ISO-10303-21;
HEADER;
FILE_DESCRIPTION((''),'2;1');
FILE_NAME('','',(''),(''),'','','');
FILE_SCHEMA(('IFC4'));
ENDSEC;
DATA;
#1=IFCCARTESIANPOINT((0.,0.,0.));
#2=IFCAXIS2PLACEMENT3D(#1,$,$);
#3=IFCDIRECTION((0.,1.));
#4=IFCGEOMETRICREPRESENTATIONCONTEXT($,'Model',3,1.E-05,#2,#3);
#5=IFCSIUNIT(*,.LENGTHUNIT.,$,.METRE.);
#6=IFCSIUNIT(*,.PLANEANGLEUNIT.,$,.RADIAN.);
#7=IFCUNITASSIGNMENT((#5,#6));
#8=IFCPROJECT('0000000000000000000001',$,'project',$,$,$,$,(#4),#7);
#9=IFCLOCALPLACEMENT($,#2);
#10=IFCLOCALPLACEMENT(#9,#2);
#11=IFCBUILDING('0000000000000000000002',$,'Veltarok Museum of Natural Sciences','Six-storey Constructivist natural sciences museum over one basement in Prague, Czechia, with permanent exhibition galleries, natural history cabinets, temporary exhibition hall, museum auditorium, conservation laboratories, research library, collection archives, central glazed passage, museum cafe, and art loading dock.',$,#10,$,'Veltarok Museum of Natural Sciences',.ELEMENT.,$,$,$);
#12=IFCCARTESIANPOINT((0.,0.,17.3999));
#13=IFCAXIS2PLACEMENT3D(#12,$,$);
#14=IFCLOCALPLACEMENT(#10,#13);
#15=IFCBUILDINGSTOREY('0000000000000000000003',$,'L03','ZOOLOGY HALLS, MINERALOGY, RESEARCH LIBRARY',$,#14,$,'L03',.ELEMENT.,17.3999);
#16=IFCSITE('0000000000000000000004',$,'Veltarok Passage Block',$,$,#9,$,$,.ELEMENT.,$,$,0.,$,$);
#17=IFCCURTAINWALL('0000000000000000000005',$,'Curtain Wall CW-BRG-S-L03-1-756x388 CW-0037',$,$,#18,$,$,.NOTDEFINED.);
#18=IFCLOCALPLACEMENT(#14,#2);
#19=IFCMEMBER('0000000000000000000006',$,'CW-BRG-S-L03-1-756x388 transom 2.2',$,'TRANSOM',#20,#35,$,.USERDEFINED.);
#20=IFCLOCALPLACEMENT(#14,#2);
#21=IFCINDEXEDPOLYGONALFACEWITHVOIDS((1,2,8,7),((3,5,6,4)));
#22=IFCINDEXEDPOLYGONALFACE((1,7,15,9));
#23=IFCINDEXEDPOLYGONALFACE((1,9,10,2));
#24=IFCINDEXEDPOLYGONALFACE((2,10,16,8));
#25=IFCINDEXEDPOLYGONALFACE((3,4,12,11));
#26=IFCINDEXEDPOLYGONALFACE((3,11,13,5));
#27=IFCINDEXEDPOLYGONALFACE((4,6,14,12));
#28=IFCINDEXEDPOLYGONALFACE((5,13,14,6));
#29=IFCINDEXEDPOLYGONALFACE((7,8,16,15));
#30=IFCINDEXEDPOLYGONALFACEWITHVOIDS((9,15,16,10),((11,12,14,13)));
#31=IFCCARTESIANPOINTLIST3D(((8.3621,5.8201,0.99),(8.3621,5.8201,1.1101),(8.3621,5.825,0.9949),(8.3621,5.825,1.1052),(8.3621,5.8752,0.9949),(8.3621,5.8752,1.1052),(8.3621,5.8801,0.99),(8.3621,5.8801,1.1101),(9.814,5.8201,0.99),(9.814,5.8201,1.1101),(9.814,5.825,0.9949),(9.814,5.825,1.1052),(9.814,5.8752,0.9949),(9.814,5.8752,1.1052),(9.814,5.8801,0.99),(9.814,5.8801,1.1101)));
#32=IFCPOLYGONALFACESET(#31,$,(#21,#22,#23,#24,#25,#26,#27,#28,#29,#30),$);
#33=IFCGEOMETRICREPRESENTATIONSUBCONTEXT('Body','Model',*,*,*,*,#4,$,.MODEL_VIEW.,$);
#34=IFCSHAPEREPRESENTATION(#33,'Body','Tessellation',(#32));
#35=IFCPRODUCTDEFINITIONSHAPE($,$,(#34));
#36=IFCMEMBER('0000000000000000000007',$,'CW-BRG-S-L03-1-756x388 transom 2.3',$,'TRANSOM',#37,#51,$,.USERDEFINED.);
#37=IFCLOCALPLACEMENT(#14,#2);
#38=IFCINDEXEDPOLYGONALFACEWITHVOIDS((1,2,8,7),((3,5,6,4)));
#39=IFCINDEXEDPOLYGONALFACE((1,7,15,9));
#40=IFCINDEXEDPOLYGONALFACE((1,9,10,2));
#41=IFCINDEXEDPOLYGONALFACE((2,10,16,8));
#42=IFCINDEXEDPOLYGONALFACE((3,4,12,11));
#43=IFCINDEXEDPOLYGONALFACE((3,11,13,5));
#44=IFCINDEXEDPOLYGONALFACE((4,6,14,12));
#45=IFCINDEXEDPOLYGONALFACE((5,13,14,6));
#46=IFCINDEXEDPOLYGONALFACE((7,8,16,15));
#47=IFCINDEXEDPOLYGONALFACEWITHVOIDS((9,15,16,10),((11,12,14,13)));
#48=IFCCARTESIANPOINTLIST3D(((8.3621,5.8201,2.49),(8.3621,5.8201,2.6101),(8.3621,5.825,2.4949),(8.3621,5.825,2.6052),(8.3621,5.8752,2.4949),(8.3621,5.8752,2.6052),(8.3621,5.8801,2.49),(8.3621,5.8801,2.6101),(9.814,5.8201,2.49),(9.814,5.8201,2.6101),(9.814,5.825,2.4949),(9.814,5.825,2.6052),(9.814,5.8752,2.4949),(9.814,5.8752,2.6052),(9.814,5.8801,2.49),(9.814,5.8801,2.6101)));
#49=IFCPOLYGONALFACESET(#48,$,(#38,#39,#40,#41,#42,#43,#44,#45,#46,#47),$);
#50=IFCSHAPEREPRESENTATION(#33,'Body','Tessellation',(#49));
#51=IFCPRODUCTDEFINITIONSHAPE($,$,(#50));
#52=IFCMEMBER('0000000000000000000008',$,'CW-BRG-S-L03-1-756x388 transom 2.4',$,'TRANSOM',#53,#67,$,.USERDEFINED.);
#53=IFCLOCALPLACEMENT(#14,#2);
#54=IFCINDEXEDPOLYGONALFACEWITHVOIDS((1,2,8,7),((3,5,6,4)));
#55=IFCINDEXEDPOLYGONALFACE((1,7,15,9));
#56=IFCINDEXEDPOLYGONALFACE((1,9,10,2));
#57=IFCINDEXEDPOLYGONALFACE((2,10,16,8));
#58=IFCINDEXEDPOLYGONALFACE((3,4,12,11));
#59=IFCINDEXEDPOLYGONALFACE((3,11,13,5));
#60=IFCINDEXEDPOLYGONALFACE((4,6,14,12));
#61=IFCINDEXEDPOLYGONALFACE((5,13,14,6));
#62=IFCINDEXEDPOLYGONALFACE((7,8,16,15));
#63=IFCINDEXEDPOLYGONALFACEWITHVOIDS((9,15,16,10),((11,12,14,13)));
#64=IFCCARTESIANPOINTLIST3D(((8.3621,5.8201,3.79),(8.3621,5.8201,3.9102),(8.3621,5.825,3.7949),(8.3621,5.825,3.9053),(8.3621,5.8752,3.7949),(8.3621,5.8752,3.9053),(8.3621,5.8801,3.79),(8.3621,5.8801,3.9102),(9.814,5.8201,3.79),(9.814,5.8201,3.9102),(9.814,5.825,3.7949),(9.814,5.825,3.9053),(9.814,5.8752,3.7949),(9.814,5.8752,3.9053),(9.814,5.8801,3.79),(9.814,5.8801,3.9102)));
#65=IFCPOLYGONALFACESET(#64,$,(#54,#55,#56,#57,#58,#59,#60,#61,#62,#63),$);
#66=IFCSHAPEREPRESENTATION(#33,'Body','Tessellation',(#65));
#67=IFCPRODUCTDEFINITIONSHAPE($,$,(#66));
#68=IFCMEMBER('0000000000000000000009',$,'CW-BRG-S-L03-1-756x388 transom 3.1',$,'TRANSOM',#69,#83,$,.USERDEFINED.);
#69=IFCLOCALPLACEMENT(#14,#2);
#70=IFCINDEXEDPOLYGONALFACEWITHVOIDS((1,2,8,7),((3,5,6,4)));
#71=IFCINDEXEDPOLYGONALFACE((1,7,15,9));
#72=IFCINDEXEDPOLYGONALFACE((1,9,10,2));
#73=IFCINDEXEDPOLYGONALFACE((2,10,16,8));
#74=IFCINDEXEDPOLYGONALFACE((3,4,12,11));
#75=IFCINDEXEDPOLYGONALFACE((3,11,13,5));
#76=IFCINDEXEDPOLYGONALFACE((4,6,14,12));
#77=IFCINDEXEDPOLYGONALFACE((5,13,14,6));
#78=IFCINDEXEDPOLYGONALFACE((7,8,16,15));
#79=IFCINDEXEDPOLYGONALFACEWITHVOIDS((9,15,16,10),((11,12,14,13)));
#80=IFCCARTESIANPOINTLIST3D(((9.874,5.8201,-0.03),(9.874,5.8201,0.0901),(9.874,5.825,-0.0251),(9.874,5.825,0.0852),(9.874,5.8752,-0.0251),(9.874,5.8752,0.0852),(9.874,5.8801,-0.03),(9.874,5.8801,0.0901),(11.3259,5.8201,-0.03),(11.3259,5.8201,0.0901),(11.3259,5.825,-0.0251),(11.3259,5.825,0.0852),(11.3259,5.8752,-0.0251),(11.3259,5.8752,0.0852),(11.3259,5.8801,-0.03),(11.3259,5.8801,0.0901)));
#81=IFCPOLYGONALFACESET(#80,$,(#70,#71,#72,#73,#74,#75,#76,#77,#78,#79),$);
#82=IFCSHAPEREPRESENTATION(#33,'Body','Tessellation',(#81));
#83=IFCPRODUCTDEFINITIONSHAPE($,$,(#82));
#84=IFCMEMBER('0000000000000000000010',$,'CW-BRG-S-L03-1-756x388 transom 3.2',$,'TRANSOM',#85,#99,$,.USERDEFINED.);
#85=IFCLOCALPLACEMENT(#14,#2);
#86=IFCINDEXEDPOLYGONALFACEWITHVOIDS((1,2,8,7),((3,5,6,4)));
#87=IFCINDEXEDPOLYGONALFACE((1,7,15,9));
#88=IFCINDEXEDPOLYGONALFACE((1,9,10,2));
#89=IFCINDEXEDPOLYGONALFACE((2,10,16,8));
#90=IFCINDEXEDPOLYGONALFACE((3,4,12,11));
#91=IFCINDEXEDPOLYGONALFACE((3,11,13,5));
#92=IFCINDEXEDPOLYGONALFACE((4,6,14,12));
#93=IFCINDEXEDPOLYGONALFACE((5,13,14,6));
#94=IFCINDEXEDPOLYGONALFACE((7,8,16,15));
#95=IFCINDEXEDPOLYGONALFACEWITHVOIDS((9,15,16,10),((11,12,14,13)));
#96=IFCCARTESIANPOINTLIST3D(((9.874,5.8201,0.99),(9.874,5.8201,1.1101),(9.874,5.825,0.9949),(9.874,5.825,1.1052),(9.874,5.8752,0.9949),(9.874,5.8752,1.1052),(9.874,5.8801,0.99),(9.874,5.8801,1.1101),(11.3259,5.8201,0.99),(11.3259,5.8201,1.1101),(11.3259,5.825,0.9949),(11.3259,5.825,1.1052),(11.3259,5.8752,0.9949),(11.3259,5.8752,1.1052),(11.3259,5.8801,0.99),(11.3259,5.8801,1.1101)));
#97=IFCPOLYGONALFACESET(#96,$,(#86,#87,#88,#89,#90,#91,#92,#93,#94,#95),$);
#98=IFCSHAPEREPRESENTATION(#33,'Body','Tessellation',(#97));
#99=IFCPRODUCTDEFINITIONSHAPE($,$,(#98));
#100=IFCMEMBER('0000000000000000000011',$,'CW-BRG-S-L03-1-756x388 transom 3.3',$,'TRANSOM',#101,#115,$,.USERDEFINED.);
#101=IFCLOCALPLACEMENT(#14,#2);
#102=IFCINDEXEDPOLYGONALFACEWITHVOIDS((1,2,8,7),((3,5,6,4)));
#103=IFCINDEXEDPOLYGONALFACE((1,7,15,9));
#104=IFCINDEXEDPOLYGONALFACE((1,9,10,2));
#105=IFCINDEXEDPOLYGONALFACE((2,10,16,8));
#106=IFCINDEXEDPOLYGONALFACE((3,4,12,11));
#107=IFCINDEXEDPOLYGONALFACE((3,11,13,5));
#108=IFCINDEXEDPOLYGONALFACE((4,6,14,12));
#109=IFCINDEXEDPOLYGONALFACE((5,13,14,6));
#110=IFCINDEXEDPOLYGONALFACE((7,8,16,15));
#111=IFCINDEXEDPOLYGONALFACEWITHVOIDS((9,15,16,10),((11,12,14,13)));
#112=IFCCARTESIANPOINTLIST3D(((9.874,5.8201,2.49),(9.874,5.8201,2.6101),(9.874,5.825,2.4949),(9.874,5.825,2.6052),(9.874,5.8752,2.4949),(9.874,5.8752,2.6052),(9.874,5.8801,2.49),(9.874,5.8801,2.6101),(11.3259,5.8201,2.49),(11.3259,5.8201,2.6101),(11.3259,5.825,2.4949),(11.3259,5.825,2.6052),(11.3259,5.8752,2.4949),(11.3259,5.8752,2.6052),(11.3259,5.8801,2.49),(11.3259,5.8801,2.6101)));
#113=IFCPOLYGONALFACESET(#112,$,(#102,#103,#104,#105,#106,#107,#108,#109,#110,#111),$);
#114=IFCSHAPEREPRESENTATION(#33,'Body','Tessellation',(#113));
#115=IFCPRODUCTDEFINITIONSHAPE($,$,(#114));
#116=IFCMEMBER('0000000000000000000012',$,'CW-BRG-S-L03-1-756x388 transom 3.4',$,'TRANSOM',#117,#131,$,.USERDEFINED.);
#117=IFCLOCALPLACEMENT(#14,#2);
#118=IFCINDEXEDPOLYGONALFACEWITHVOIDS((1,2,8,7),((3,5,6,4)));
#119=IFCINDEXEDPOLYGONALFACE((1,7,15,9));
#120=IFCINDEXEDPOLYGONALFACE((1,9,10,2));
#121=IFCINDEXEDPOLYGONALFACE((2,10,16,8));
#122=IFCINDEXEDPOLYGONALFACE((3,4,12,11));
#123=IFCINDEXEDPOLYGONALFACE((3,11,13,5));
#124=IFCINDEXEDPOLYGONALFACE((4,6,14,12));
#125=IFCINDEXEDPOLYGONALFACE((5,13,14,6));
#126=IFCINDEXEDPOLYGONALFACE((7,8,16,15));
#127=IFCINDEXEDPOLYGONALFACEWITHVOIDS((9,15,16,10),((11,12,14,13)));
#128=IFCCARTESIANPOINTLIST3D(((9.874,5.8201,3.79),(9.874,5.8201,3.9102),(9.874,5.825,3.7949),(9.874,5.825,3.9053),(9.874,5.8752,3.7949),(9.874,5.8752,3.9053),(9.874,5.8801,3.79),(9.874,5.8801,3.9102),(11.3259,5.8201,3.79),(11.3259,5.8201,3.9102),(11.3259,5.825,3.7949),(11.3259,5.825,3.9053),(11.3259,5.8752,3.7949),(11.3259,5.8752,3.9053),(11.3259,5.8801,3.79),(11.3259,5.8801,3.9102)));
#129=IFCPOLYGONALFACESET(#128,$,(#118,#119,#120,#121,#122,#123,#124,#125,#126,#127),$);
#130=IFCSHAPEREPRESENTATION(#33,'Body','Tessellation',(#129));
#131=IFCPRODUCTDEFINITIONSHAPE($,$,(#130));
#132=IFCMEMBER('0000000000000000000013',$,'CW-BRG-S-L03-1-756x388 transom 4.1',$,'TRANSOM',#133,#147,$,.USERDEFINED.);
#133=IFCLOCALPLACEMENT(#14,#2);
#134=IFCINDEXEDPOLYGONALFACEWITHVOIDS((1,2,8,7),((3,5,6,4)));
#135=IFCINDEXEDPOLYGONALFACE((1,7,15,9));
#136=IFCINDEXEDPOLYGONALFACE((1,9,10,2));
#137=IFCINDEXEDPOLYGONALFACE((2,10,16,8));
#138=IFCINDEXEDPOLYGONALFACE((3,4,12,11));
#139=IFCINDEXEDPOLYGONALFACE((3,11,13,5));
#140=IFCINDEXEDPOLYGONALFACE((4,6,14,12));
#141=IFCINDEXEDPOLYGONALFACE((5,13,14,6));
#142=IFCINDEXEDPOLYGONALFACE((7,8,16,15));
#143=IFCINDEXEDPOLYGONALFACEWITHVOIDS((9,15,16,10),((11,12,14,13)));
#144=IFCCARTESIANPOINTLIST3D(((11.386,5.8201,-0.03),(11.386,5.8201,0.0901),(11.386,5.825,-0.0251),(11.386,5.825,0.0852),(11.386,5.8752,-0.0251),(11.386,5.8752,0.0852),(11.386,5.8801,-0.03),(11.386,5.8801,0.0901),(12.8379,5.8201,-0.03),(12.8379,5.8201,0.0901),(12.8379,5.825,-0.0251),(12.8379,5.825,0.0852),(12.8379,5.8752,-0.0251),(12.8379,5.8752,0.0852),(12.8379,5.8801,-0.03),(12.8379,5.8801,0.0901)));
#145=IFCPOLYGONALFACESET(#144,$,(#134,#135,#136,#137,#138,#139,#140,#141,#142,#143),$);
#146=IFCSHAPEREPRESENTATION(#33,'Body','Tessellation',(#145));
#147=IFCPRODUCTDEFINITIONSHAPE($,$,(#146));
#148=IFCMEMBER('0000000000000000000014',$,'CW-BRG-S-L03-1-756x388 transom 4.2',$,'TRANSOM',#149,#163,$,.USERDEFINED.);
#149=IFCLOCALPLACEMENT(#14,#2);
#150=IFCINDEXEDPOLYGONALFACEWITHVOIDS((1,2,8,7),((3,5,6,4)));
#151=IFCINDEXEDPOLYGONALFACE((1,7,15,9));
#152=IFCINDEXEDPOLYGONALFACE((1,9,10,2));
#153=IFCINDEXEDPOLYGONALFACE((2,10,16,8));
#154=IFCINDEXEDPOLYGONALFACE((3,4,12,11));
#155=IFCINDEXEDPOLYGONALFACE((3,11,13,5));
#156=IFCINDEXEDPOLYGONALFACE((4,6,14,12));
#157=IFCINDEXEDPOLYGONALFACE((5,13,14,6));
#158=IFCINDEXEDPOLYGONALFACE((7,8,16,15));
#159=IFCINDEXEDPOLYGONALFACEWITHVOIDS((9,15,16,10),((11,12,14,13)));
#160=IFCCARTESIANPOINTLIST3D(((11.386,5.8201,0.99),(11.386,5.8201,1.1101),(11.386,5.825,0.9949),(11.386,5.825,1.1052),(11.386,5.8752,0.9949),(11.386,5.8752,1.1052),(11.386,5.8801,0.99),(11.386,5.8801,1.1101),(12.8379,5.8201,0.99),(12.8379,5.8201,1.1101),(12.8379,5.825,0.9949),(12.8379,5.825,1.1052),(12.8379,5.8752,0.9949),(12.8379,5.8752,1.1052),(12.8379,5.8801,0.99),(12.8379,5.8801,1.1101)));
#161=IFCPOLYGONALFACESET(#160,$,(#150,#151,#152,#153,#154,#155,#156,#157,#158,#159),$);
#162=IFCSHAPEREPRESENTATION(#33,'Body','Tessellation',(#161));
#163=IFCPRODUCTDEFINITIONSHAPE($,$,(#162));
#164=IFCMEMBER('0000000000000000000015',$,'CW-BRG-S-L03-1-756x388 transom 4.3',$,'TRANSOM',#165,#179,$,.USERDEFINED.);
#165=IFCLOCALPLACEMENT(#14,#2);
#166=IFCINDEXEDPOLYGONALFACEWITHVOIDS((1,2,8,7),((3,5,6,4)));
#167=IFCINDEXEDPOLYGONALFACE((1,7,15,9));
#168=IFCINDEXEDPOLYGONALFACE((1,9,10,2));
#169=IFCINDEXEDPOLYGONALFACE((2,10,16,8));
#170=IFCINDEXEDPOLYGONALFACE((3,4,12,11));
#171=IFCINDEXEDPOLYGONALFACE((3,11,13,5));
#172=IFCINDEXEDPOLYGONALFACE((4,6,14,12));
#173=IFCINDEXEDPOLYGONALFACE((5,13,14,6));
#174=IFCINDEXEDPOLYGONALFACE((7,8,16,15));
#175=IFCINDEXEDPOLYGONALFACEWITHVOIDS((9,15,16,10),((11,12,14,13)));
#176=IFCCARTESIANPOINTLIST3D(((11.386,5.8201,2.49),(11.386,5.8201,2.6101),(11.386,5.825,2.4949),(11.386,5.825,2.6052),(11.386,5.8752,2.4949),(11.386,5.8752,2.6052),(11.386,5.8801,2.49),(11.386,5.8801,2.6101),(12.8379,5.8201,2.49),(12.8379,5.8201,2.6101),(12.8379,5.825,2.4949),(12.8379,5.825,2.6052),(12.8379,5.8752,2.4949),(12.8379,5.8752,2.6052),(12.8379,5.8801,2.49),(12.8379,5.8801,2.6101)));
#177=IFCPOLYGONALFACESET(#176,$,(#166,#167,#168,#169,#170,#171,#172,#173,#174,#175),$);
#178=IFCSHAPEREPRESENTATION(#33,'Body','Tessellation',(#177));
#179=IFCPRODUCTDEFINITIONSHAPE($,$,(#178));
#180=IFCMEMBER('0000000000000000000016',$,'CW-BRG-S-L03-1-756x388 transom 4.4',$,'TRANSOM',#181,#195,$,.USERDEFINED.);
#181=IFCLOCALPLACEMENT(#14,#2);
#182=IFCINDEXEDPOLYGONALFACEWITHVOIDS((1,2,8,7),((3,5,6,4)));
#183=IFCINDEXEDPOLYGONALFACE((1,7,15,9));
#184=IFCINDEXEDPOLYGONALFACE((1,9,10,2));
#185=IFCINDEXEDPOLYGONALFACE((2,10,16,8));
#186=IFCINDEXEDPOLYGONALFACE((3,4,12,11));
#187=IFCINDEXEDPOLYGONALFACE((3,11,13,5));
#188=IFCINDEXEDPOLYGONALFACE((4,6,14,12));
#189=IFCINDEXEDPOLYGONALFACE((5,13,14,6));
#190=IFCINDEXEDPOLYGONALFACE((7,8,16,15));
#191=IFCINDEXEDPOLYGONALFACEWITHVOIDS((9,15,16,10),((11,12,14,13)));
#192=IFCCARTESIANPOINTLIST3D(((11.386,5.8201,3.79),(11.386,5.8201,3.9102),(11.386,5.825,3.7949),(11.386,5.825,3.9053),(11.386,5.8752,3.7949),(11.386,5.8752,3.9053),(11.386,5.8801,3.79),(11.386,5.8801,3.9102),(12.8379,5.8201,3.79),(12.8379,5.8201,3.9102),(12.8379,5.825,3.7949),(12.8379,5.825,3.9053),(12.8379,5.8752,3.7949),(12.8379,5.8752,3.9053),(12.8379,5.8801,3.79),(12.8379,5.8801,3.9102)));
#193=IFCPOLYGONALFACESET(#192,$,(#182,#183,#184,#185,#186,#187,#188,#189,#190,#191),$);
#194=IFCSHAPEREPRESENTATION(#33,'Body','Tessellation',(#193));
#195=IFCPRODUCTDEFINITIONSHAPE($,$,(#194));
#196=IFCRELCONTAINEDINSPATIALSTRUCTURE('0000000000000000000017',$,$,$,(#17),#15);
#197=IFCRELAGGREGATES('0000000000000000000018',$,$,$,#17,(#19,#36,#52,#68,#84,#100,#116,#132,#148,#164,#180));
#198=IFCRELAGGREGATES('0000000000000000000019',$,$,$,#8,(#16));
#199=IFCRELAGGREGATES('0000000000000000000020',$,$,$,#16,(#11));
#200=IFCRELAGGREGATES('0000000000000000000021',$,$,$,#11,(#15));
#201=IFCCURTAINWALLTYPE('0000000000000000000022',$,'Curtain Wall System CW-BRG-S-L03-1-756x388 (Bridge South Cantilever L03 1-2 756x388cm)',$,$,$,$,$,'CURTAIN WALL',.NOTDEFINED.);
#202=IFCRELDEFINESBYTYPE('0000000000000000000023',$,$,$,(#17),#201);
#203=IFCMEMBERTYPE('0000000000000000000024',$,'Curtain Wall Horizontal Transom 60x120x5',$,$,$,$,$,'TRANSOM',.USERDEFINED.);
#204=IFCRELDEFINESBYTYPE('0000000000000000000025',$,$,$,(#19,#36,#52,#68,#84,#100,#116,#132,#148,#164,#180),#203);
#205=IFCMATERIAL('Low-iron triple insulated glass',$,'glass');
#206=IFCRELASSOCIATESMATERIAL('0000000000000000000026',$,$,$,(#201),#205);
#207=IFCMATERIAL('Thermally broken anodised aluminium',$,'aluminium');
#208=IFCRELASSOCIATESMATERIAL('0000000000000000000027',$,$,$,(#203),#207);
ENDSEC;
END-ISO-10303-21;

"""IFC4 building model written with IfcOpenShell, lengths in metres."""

from ifc_helpers import new_model, si_unit, direction, frame, origin, origin_2d, place, context, subcontext, project, spatial, hollow_rectangle, extrude, material, material_profile, profile_set, type_object, element, aggregate, save


model = new_model("IFC4")

# Units and contexts
model_context = context("Model", 3, precision=1e-05, world=origin(), true_north=direction((0.0, 1.0)))
body_context = subcontext(model_context, "Body", "Model", "MODEL_VIEW")
ifc_project = project(units=[si_unit("LENGTHUNIT", "METRE"), si_unit("PLANEANGLEUNIT", "RADIAN")], contexts=[model_context])

# Site, building, storey
site_placement = place(None, origin())
site = spatial("IfcSite", under=ifc_project, at=site_placement, Name="Veltarok Passage Block", CompositionType="ELEMENT", RefElevation=0.0)
building_placement = place(site_placement, origin())
building = spatial("IfcBuilding", under=site, at=building_placement, Name="Veltarok Museum of Natural Sciences", Description="Six-storey Constructivist natural sciences museum over one basement in Prague, Czechia, with permanent exhibition galleries, natural history cabinets, temporary exhibition hall, museum auditorium, conservation laboratories, research library, collection archives, central glazed passage, museum cafe, and art loading dock.", LongName="Veltarok Museum of Natural Sciences", CompositionType="ELEMENT")
storey_placement = place(building_placement, frame((0.0, 0.0, 17.3999)))
storey = spatial("IfcBuildingStorey", under=building, at=storey_placement, Name="L03", Description="ZOOLOGY HALLS, MINERALOGY, RESEARCH LIBRARY", LongName="L03", CompositionType="ELEMENT", Elevation=17.3999)

# Curtain wall, members
ifc_material_1 = material(Name="Low-iron triple insulated glass", Category="glass")
curtain_wall_type = type_object("IfcCurtainWallType", Name="Curtain Wall System CW-BRG-S-L03-1-756x388 (Bridge South Cantilever L03 1-2 756x388cm)", ElementType="CURTAIN WALL", PredefinedType="NOTDEFINED", material=ifc_material_1)
curtain_wall_placement = place(storey_placement, origin())
curtain_wall = element("IfcCurtainWall", 1, at=curtain_wall_placement, inside=storey, type_object=curtain_wall_type, Name="Curtain Wall CW-BRG-S-L03-1-756x388 CW-0037", PredefinedType="NOTDEFINED")
ifc_material_2 = material(Name="Thermally broken anodised aluminium", Category="aluminium")
ifc_material_profile_1 = material_profile(ifc_material_2, hollow_rectangle(XDim=0.0601, YDim=0.1201, WallThickness=0.0049, at=origin_2d()), Name="CW TRANSOM 60x120x5")
ifc_profile_set_1 = profile_set([ifc_material_profile_1], Name="Thermally broken anodised aluminium")
member_type_1 = type_object("IfcMemberType", Name="Curtain Wall Horizontal Transom 60x120x5", ElementType="TRANSOM", PredefinedType="USERDEFINED", material=ifc_profile_set_1)
member_1_placement = place(storey_placement, frame((8.3621, 5.8501, 1.05), z_axis=(1.0, 0.0, 0.0), x_axis=(0.0, 1.0, 0.0)))
member_1 = element("IfcMember", 2, at=member_1_placement, type_object=member_type_1, Name="CW-BRG-S-L03-1-756x388 transom 2.2", ObjectType="TRANSOM", PredefinedType="USERDEFINED", context=body_context, shape_type="SweptSolid", body=[
    extrude(hollow_rectangle(XDim=0.0601, YDim=0.1201, WallThickness=0.0049, at=origin_2d()), origin(), (0.0, 0.0, 1.0), 1.4519),
])
member_2_placement = place(storey_placement, frame((8.3621, 5.8501, 2.55), z_axis=(1.0, 0.0, 0.0), x_axis=(0.0, 1.0, 0.0)))
member_2 = element("IfcMember", 3, at=member_2_placement, type_object=member_type_1, Name="CW-BRG-S-L03-1-756x388 transom 2.3", ObjectType="TRANSOM", PredefinedType="USERDEFINED", context=body_context, shape_type="SweptSolid", body=[
    extrude(hollow_rectangle(XDim=0.0601, YDim=0.1201, WallThickness=0.0049, at=origin_2d()), origin(), (0.0, 0.0, 1.0), 1.4519),
])
member_3_placement = place(storey_placement, frame((8.3621, 5.8501, 3.8501), z_axis=(1.0, 0.0, 0.0), x_axis=(0.0, 1.0, 0.0)))
member_3 = element("IfcMember", 4, at=member_3_placement, type_object=member_type_1, Name="CW-BRG-S-L03-1-756x388 transom 2.4", ObjectType="TRANSOM", PredefinedType="USERDEFINED", context=body_context, shape_type="SweptSolid", body=[
    extrude(hollow_rectangle(XDim=0.0601, YDim=0.1201, WallThickness=0.0049, at=origin_2d()), origin(), (0.0, 0.0, 1.0), 1.4519),
])
member_4_placement = place(storey_placement, frame((9.874, 5.8501, 0.03), z_axis=(1.0, 0.0, 0.0), x_axis=(0.0, 1.0, 0.0)))
member_4 = element("IfcMember", 5, at=member_4_placement, type_object=member_type_1, Name="CW-BRG-S-L03-1-756x388 transom 3.1", ObjectType="TRANSOM", PredefinedType="USERDEFINED", context=body_context, shape_type="SweptSolid", body=[
    extrude(hollow_rectangle(XDim=0.0601, YDim=0.1201, WallThickness=0.0049, at=origin_2d()), origin(), (0.0, 0.0, 1.0), 1.4519),
])
member_5_placement = place(storey_placement, frame((9.874, 5.8501, 1.05), z_axis=(1.0, 0.0, 0.0), x_axis=(0.0, 1.0, 0.0)))
member_5 = element("IfcMember", 6, at=member_5_placement, type_object=member_type_1, Name="CW-BRG-S-L03-1-756x388 transom 3.2", ObjectType="TRANSOM", PredefinedType="USERDEFINED", context=body_context, shape_type="SweptSolid", body=[
    extrude(hollow_rectangle(XDim=0.0601, YDim=0.1201, WallThickness=0.0049, at=origin_2d()), origin(), (0.0, 0.0, 1.0), 1.4519),
])
member_6_placement = place(storey_placement, frame((9.874, 5.8501, 2.55), z_axis=(1.0, 0.0, 0.0), x_axis=(0.0, 1.0, 0.0)))
member_6 = element("IfcMember", 7, at=member_6_placement, type_object=member_type_1, Name="CW-BRG-S-L03-1-756x388 transom 3.3", ObjectType="TRANSOM", PredefinedType="USERDEFINED", context=body_context, shape_type="SweptSolid", body=[
    extrude(hollow_rectangle(XDim=0.0601, YDim=0.1201, WallThickness=0.0049, at=origin_2d()), origin(), (0.0, 0.0, 1.0), 1.4519),
])
member_7_placement = place(storey_placement, frame((9.874, 5.8501, 3.8501), z_axis=(1.0, 0.0, 0.0), x_axis=(0.0, 1.0, 0.0)))
member_7 = element("IfcMember", 8, at=member_7_placement, type_object=member_type_1, Name="CW-BRG-S-L03-1-756x388 transom 3.4", ObjectType="TRANSOM", PredefinedType="USERDEFINED", context=body_context, shape_type="SweptSolid", body=[
    extrude(hollow_rectangle(XDim=0.0601, YDim=0.1201, WallThickness=0.0049, at=origin_2d()), origin(), (0.0, 0.0, 1.0), 1.4519),
])
member_8_placement = place(storey_placement, frame((11.386, 5.8501, 0.03), z_axis=(1.0, 0.0, 0.0), x_axis=(0.0, 1.0, 0.0)))
member_8 = element("IfcMember", 9, at=member_8_placement, type_object=member_type_1, Name="CW-BRG-S-L03-1-756x388 transom 4.1", ObjectType="TRANSOM", PredefinedType="USERDEFINED", context=body_context, shape_type="SweptSolid", body=[
    extrude(hollow_rectangle(XDim=0.0601, YDim=0.1201, WallThickness=0.0049, at=origin_2d()), origin(), (0.0, 0.0, 1.0), 1.4519),
])
member_9_placement = place(storey_placement, frame((11.386, 5.8501, 1.05), z_axis=(1.0, 0.0, 0.0), x_axis=(0.0, 1.0, 0.0)))
member_9 = element("IfcMember", 10, at=member_9_placement, type_object=member_type_1, Name="CW-BRG-S-L03-1-756x388 transom 4.2", ObjectType="TRANSOM", PredefinedType="USERDEFINED", context=body_context, shape_type="SweptSolid", body=[
    extrude(hollow_rectangle(XDim=0.0601, YDim=0.1201, WallThickness=0.0049, at=origin_2d()), origin(), (0.0, 0.0, 1.0), 1.4519),
])
member_10_placement = place(storey_placement, frame((11.386, 5.8501, 2.55), z_axis=(1.0, 0.0, 0.0), x_axis=(0.0, 1.0, 0.0)))
member_10 = element("IfcMember", 11, at=member_10_placement, type_object=member_type_1, Name="CW-BRG-S-L03-1-756x388 transom 4.3", ObjectType="TRANSOM", PredefinedType="USERDEFINED", context=body_context, shape_type="SweptSolid", body=[
    extrude(hollow_rectangle(XDim=0.0601, YDim=0.1201, WallThickness=0.0049, at=origin_2d()), origin(), (0.0, 0.0, 1.0), 1.4519),
])
member_11_placement = place(storey_placement, frame((11.386, 5.8501, 3.8501), z_axis=(1.0, 0.0, 0.0), x_axis=(0.0, 1.0, 0.0)))
member_11 = element("IfcMember", 12, at=member_11_placement, type_object=member_type_1, Name="CW-BRG-S-L03-1-756x388 transom 4.4", ObjectType="TRANSOM", PredefinedType="USERDEFINED", context=body_context, shape_type="SweptSolid", body=[
    extrude(hollow_rectangle(XDim=0.0601, YDim=0.1201, WallThickness=0.0049, at=origin_2d()), origin(), (0.0, 0.0, 1.0), 1.4519),
])

aggregate(curtain_wall, [member_1, member_2, member_3, member_4, member_5, member_6, member_7, member_8, member_9, member_10, member_11])

save(model, "model.ifc")
